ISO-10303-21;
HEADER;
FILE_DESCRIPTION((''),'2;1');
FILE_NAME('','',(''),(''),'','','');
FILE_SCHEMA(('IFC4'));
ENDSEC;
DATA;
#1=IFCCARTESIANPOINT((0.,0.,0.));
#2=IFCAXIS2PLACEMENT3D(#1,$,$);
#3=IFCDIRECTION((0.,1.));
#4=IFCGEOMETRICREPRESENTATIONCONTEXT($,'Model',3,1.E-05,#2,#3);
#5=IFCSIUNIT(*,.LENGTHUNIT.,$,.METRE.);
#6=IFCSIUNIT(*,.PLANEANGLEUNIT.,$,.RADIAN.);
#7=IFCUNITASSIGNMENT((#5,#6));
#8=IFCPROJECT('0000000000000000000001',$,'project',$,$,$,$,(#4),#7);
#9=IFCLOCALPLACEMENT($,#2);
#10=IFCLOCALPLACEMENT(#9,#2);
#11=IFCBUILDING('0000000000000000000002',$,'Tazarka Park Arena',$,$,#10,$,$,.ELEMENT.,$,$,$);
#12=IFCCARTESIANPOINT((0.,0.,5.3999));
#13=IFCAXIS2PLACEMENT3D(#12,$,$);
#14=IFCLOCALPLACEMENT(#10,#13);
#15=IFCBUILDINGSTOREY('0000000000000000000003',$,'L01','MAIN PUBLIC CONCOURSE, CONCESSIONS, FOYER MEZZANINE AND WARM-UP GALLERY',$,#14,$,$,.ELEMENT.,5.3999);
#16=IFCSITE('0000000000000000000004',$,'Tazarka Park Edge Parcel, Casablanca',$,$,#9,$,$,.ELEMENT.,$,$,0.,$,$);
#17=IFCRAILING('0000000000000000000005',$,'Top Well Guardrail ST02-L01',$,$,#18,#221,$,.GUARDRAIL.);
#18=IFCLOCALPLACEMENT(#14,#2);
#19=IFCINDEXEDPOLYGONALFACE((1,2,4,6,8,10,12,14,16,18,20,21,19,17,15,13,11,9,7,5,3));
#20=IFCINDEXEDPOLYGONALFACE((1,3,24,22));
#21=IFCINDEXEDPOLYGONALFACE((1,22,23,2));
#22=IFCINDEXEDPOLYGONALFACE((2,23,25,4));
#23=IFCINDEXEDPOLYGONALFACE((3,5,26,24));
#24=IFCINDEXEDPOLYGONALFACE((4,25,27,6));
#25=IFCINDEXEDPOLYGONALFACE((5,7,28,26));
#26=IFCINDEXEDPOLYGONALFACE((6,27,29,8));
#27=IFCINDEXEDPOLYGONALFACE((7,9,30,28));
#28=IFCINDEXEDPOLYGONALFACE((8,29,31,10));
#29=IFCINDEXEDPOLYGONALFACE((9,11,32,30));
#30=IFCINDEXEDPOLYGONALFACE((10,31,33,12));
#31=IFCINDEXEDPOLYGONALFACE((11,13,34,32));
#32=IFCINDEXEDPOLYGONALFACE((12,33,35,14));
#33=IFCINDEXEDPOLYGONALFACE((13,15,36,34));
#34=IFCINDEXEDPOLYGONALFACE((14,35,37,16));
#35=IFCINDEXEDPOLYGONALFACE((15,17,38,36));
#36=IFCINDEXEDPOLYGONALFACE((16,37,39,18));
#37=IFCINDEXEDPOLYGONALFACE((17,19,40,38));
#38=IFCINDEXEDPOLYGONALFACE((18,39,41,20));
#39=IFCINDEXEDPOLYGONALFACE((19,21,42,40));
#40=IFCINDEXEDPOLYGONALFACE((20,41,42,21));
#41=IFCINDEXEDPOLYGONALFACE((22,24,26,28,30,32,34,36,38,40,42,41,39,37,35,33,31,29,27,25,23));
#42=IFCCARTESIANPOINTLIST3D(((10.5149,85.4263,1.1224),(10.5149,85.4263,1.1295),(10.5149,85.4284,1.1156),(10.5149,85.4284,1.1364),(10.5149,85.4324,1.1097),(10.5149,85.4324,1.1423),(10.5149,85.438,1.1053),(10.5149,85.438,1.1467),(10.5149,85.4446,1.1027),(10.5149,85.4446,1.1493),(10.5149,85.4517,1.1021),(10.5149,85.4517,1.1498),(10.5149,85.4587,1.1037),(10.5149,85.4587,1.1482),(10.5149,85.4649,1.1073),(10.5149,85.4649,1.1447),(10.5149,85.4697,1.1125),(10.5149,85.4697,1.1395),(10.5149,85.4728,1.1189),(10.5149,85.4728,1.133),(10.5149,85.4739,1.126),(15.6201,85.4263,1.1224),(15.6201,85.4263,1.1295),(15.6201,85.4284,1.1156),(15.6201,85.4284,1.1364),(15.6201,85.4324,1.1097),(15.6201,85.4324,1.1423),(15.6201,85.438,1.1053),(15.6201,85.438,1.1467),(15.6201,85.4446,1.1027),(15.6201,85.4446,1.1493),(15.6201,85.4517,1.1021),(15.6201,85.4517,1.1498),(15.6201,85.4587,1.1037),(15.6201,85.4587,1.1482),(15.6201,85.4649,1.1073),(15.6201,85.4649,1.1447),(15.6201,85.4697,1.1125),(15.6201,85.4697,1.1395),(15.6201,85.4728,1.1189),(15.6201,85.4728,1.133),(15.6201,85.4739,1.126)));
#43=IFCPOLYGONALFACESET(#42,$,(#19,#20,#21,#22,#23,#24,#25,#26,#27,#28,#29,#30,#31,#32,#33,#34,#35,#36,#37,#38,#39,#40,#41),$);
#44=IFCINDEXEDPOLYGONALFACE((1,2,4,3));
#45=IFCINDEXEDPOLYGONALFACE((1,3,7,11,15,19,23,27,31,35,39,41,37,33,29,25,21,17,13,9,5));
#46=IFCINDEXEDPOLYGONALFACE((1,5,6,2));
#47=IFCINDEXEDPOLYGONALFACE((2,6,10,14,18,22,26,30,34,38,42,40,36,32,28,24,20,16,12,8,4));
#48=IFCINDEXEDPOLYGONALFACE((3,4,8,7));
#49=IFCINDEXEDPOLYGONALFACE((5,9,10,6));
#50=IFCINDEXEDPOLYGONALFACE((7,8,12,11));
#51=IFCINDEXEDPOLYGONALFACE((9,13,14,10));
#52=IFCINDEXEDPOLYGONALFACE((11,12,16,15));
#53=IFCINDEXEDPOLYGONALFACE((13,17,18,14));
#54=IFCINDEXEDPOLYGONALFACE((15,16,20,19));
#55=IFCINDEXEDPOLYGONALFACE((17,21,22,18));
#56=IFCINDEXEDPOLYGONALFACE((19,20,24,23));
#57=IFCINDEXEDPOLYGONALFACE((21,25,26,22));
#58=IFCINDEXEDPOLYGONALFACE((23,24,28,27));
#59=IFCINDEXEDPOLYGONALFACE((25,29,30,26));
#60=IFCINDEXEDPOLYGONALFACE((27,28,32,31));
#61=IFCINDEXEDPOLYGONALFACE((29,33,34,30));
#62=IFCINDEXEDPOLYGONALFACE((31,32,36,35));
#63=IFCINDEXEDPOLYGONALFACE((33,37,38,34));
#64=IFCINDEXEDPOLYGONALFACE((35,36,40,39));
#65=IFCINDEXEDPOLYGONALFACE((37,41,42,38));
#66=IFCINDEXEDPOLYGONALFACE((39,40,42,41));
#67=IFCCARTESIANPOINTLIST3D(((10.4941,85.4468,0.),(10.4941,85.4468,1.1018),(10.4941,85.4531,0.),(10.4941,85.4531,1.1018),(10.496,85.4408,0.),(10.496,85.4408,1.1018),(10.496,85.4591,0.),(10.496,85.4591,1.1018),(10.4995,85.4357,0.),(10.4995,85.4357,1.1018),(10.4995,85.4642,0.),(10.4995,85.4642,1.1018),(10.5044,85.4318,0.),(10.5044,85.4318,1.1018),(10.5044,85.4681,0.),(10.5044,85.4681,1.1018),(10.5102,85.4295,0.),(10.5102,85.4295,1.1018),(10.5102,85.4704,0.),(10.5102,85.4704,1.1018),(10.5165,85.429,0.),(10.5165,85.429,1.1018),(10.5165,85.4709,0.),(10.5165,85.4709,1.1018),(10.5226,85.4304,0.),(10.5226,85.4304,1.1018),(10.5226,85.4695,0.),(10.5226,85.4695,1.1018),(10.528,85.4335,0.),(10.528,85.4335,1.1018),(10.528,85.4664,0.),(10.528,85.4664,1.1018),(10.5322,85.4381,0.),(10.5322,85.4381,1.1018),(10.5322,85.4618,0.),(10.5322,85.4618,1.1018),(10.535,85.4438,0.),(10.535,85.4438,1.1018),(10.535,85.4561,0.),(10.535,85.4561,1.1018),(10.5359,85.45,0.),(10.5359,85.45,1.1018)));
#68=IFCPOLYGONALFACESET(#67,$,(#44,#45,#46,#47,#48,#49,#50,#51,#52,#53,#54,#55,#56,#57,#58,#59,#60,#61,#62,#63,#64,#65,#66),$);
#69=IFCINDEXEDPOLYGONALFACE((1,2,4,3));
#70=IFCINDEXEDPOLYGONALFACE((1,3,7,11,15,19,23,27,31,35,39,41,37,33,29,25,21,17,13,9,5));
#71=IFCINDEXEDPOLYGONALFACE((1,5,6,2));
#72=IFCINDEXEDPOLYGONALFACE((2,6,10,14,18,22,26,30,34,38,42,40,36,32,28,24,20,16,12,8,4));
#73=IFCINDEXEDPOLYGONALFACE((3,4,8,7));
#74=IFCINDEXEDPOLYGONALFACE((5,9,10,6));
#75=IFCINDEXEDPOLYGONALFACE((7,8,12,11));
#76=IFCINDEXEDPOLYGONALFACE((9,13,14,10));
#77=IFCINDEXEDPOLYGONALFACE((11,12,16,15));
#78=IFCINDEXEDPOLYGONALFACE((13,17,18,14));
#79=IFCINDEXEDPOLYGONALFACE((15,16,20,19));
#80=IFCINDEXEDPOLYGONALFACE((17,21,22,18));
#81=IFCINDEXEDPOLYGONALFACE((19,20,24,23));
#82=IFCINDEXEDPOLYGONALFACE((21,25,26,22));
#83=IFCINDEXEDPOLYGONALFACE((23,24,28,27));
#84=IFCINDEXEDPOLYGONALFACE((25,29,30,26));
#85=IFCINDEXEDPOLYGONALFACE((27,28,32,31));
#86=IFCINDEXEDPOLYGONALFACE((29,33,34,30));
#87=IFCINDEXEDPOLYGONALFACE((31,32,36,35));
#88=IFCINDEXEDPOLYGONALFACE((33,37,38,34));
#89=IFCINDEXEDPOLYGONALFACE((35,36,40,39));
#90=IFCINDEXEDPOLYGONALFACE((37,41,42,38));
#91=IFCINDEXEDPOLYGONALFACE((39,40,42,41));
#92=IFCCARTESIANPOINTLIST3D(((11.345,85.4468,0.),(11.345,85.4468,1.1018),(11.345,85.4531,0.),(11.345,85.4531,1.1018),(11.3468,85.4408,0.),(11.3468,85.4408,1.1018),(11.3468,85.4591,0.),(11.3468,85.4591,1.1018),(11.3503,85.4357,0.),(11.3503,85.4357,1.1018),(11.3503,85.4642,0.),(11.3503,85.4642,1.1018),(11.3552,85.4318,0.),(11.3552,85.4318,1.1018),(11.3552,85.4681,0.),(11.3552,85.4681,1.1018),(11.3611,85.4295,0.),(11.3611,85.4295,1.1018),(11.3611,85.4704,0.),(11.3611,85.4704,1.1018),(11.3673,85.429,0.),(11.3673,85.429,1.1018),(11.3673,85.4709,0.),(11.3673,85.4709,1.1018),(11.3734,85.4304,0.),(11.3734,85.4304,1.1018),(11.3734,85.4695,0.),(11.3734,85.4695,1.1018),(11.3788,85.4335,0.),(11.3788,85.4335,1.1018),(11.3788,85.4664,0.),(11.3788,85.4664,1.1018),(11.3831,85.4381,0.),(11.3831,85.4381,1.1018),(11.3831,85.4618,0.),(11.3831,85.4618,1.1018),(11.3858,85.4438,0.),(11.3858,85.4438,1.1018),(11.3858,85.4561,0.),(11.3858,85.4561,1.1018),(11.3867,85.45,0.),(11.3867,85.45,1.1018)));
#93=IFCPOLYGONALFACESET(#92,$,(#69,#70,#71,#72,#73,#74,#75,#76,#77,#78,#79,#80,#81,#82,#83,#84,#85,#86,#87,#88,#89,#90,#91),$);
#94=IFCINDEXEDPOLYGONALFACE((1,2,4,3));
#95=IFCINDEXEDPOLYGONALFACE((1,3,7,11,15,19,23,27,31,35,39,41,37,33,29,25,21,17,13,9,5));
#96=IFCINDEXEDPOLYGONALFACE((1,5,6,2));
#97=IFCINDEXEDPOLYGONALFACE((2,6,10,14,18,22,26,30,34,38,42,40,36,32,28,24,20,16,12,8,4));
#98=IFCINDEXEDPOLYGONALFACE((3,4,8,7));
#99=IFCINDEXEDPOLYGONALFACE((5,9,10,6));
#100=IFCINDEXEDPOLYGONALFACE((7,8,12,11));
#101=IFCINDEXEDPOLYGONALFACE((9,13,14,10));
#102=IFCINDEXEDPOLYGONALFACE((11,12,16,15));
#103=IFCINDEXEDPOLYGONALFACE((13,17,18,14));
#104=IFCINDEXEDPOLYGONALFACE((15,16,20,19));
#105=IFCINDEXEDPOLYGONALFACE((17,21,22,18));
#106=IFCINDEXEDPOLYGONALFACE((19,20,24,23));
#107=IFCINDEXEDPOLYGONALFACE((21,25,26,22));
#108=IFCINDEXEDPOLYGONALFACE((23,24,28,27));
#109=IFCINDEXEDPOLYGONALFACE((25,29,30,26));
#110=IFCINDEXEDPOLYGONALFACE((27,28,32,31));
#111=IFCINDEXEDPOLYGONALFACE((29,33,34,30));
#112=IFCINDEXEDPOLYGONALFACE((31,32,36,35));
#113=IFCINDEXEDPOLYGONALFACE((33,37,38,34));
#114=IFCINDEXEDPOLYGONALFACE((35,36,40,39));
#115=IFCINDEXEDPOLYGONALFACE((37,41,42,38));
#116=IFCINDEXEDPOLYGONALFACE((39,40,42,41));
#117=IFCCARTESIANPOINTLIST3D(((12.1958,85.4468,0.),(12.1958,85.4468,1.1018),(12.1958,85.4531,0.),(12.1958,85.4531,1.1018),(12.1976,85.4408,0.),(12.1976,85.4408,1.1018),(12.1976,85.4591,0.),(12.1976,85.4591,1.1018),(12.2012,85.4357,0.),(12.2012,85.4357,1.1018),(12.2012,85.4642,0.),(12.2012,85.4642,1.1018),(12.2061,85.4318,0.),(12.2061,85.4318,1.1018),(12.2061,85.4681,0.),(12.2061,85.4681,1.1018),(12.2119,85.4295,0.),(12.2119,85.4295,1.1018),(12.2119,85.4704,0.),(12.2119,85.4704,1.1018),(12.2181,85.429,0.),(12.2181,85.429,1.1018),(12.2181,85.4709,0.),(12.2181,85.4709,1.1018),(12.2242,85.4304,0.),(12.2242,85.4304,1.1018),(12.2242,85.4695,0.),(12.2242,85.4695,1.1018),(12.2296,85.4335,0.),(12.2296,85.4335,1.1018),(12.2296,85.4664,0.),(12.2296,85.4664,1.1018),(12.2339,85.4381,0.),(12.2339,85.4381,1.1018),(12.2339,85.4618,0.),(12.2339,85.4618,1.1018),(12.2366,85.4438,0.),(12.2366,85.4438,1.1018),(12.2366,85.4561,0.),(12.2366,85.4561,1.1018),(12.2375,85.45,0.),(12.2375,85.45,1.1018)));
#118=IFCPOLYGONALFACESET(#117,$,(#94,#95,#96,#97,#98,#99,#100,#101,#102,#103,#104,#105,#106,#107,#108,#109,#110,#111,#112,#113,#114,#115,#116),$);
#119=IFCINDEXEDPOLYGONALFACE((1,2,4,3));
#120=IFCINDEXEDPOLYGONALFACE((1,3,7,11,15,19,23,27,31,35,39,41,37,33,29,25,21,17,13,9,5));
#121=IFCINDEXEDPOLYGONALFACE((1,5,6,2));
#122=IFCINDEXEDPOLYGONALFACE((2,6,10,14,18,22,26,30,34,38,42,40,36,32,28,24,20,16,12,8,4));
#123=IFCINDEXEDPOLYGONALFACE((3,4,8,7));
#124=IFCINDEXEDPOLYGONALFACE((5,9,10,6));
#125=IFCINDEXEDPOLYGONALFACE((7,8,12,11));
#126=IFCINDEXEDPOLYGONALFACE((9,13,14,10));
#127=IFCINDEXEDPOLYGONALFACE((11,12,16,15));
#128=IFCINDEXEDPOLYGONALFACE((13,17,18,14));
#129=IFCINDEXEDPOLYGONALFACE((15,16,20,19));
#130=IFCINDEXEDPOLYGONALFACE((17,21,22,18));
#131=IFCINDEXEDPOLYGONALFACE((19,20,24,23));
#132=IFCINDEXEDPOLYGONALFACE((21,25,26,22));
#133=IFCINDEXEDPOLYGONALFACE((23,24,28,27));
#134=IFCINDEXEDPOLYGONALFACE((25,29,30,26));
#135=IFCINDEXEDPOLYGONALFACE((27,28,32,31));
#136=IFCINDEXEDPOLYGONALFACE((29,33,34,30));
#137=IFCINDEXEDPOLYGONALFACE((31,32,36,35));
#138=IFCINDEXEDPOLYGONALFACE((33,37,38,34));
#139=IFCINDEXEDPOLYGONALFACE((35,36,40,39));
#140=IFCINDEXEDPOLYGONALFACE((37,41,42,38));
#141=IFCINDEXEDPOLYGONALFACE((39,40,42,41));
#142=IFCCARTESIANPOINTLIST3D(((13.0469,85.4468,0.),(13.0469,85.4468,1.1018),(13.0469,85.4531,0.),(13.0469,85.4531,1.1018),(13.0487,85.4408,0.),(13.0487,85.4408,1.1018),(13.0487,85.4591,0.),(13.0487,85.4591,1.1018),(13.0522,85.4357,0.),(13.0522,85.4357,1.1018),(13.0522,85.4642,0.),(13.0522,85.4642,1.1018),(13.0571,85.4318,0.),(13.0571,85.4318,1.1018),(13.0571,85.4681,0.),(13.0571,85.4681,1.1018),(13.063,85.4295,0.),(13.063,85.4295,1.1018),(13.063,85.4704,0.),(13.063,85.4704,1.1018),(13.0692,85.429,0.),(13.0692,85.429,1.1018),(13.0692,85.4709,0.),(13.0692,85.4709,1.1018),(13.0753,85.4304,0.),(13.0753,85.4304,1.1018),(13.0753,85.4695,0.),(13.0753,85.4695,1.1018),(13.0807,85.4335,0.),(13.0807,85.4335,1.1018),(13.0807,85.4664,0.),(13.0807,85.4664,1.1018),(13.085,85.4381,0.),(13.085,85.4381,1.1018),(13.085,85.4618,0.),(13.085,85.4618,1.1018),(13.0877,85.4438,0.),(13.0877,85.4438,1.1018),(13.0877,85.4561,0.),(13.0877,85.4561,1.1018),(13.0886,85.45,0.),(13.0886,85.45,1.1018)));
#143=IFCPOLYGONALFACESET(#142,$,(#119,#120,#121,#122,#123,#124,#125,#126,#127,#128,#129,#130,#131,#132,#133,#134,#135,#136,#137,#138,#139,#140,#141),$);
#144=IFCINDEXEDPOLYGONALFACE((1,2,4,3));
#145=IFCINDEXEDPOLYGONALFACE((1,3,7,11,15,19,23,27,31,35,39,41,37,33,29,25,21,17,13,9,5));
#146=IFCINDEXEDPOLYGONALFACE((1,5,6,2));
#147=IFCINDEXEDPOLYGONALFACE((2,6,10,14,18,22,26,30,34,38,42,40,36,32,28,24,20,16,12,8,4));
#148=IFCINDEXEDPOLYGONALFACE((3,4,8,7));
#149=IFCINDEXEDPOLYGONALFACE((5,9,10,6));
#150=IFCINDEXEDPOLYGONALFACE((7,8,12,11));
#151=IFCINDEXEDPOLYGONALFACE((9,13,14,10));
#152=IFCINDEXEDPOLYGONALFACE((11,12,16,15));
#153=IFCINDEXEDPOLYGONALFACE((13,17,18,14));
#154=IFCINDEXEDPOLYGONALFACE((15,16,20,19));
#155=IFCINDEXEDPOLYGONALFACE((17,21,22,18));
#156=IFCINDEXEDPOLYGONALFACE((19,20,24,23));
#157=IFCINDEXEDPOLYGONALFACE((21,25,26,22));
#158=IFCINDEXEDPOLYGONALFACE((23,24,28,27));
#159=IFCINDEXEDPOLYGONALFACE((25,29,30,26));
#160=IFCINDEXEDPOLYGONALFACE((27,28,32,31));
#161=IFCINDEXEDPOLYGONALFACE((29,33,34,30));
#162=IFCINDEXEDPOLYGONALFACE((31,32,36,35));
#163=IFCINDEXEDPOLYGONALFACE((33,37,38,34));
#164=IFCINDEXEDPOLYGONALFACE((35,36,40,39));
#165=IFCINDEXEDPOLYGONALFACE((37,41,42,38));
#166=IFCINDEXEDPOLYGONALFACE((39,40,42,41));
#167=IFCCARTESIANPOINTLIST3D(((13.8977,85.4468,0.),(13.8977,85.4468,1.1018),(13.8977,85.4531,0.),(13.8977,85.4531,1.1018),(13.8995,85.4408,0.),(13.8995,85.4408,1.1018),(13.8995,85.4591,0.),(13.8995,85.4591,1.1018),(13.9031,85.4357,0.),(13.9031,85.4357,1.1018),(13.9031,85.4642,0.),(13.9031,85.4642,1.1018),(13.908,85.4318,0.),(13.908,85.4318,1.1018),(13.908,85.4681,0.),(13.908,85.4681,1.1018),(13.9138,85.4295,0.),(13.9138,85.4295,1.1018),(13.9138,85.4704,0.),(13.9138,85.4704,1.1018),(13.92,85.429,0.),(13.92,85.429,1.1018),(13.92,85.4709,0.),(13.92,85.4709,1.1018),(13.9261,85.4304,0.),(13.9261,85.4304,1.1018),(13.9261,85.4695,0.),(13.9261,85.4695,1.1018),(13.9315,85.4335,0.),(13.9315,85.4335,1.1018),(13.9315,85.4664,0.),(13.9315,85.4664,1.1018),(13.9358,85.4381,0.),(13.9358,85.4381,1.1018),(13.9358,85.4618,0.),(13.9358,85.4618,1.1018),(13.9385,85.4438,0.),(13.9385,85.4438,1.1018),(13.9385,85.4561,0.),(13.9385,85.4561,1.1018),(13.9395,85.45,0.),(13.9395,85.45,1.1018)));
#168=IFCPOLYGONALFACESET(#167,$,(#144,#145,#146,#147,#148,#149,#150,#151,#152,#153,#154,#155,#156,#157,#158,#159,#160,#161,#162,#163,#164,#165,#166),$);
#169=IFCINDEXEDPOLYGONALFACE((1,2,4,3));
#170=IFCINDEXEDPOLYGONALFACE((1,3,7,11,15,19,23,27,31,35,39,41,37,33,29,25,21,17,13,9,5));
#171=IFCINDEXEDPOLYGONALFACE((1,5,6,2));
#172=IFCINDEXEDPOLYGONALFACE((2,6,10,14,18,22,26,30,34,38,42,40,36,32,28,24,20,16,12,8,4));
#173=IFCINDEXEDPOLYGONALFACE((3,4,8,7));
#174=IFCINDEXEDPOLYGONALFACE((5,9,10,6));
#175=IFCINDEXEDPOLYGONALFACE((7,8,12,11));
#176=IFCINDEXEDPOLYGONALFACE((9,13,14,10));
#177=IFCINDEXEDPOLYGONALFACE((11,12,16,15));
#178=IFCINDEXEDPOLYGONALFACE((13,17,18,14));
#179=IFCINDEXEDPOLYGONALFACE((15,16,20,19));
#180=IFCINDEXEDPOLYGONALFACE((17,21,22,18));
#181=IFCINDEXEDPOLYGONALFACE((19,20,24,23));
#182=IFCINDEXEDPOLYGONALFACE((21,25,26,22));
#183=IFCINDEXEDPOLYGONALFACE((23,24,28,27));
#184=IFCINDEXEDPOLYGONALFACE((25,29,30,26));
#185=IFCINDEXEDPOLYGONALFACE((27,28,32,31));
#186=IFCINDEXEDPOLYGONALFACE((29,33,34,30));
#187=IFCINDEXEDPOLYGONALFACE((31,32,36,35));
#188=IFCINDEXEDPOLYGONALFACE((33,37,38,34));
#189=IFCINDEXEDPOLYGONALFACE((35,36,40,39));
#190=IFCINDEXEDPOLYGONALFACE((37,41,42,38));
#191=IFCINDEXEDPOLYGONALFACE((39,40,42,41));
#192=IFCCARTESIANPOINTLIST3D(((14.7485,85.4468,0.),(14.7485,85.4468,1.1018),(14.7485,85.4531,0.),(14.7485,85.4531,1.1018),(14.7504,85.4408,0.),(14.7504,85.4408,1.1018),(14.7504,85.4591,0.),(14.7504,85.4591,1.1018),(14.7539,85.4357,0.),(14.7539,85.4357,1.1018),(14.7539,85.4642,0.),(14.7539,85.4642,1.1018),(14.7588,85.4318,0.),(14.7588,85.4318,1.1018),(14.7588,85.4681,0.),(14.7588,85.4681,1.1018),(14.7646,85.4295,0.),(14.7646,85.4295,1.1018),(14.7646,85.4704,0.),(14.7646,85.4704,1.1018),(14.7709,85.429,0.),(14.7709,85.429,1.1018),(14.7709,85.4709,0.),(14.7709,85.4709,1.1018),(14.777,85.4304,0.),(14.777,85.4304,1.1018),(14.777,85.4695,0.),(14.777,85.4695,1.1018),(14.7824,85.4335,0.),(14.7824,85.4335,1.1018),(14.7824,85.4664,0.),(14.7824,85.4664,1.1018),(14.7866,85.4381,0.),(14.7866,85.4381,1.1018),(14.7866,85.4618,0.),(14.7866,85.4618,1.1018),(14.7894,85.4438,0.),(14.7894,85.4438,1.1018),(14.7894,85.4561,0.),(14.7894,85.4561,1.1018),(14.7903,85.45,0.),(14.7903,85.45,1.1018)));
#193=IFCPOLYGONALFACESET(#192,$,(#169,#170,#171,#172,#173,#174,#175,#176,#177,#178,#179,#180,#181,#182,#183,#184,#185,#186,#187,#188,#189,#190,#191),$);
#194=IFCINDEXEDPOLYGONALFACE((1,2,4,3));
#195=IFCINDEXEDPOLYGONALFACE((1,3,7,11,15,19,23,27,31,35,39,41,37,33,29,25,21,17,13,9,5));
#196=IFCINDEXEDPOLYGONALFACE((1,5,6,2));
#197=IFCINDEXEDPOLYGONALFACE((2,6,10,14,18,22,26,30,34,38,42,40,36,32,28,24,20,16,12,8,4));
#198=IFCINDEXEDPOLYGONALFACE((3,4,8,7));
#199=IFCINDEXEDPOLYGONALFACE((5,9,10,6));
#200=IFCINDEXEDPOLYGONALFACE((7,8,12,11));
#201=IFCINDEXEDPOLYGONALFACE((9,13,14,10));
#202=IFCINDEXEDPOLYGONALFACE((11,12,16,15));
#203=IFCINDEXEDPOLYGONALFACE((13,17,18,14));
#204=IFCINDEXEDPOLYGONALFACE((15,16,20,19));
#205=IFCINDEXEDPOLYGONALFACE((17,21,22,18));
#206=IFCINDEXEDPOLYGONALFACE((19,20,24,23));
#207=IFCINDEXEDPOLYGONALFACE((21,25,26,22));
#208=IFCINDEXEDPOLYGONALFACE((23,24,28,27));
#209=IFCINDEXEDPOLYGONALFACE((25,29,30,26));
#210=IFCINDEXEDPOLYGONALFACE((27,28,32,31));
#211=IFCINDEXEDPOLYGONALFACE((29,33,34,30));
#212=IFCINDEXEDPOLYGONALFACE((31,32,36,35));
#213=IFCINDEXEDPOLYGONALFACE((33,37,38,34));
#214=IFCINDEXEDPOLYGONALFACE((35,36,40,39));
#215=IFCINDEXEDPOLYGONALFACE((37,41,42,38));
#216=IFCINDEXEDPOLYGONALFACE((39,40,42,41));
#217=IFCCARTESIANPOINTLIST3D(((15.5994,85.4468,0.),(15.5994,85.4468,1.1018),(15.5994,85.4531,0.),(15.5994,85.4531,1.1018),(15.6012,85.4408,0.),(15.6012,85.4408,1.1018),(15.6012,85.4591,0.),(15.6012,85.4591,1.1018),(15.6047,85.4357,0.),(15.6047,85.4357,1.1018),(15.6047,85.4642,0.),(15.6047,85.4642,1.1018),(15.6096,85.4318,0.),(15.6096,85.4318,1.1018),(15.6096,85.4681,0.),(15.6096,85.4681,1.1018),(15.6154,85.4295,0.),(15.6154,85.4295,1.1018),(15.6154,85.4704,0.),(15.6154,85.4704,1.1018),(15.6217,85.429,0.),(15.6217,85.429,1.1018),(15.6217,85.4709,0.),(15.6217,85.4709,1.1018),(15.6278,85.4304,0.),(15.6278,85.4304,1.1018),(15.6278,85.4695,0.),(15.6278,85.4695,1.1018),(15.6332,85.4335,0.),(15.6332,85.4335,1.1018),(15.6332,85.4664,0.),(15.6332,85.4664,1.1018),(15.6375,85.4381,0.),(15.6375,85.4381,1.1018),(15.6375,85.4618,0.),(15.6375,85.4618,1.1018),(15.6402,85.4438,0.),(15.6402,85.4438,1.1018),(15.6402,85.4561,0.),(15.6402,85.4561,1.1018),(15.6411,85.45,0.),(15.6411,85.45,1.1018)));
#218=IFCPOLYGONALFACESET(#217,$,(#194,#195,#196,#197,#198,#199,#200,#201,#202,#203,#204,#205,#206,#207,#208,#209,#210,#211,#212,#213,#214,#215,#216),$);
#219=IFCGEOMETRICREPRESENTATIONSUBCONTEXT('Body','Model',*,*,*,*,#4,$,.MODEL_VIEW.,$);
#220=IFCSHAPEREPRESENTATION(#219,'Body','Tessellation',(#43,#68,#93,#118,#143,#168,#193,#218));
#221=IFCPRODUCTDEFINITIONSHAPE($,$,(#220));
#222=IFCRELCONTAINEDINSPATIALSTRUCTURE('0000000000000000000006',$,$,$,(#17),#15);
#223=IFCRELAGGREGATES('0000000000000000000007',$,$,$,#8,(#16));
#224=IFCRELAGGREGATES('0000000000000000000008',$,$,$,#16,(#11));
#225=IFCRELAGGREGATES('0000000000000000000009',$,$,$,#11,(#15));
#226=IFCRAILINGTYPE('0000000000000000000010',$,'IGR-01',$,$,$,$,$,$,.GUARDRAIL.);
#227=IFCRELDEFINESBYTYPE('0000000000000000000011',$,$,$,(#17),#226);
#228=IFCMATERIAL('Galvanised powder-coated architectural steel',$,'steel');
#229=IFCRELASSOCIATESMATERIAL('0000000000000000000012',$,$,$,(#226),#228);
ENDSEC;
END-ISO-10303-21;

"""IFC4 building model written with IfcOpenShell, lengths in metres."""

from ifc_helpers import new_model, si_unit, direction, frame, origin, origin_2d, place, context, subcontext, project, spatial, circle, extrude, material, type_object, element, save


model = new_model("IFC4")

# Units and contexts
model_context = context("Model", 3, precision=1e-05, world=origin(), true_north=direction((0.0, 1.0)))
body_context = subcontext(model_context, "Body", "Model", "MODEL_VIEW")
ifc_project = project(units=[si_unit("LENGTHUNIT", "METRE"), si_unit("PLANEANGLEUNIT", "RADIAN")], contexts=[model_context])

# Site, building, storey
site_placement = place(None, origin())
site = spatial("IfcSite", under=ifc_project, at=site_placement, Name="Tazarka Park Edge Parcel, Casablanca", CompositionType="ELEMENT", RefElevation=0.0)
building_placement = place(site_placement, origin())
building = spatial("IfcBuilding", under=site, at=building_placement, Name="Tazarka Park Arena", CompositionType="ELEMENT")
storey_placement = place(building_placement, frame((0.0, 0.0, 5.3999)))
storey = spatial("IfcBuildingStorey", under=building, at=storey_placement, Name="L01", Description="MAIN PUBLIC CONCOURSE, CONCESSIONS, FOYER MEZZANINE AND WARM-UP GALLERY", CompositionType="ELEMENT", Elevation=5.3999)

# Railing
ifc_material_1 = material(Name="Galvanised powder-coated architectural steel", Category="steel")
railing_type = type_object("IfcRailingType", Name="IGR-01", PredefinedType="GUARDRAIL", material=ifc_material_1)
railing_1_placement = place(storey_placement, frame((10.5149, 85.45, 0.0)))
element("IfcRailing", 1, at=railing_1_placement, inside=storey, type_object=railing_type, Name="Top Well Guardrail ST02-L01", PredefinedType="GUARDRAIL", context=body_context, shape_type="SweptSolid", body=[
    extrude(circle(Radius=0.0239, at=origin_2d()), frame((0.0, 0.0, 1.126), z_axis=(1.0, 0.0, 0.0), x_axis=(0.0, 1.0, 0.0)), (0.0, 0.0, 1.0), 5.1052),
    extrude(circle(Radius=0.021, at=origin_2d()), origin(), (0.0, 0.0, 1.0), 1.1018),
    extrude(circle(Radius=0.021, at=origin_2d()), frame((0.8508, 0.0, 0.0)), (0.0, 0.0, 1.0), 1.1018),
    extrude(circle(Radius=0.021, at=origin_2d()), frame((1.7017, 0.0, 0.0)), (0.0, 0.0, 1.0), 1.1018),
    extrude(circle(Radius=0.021, at=origin_2d()), frame((2.5527, 0.0, 0.0)), (0.0, 0.0, 1.0), 1.1018),
    extrude(circle(Radius=0.021, at=origin_2d()), frame((3.4036, 0.0, 0.0)), (0.0, 0.0, 1.0), 1.1018),
    extrude(circle(Radius=0.021, at=origin_2d()), frame((4.2544, 0.0, 0.0)), (0.0, 0.0, 1.0), 1.1018),
    extrude(circle(Radius=0.021, at=origin_2d()), frame((5.1052, 0.0, 0.0)), (0.0, 0.0, 1.0), 1.1018),
])

save(model, "model.ifc")
